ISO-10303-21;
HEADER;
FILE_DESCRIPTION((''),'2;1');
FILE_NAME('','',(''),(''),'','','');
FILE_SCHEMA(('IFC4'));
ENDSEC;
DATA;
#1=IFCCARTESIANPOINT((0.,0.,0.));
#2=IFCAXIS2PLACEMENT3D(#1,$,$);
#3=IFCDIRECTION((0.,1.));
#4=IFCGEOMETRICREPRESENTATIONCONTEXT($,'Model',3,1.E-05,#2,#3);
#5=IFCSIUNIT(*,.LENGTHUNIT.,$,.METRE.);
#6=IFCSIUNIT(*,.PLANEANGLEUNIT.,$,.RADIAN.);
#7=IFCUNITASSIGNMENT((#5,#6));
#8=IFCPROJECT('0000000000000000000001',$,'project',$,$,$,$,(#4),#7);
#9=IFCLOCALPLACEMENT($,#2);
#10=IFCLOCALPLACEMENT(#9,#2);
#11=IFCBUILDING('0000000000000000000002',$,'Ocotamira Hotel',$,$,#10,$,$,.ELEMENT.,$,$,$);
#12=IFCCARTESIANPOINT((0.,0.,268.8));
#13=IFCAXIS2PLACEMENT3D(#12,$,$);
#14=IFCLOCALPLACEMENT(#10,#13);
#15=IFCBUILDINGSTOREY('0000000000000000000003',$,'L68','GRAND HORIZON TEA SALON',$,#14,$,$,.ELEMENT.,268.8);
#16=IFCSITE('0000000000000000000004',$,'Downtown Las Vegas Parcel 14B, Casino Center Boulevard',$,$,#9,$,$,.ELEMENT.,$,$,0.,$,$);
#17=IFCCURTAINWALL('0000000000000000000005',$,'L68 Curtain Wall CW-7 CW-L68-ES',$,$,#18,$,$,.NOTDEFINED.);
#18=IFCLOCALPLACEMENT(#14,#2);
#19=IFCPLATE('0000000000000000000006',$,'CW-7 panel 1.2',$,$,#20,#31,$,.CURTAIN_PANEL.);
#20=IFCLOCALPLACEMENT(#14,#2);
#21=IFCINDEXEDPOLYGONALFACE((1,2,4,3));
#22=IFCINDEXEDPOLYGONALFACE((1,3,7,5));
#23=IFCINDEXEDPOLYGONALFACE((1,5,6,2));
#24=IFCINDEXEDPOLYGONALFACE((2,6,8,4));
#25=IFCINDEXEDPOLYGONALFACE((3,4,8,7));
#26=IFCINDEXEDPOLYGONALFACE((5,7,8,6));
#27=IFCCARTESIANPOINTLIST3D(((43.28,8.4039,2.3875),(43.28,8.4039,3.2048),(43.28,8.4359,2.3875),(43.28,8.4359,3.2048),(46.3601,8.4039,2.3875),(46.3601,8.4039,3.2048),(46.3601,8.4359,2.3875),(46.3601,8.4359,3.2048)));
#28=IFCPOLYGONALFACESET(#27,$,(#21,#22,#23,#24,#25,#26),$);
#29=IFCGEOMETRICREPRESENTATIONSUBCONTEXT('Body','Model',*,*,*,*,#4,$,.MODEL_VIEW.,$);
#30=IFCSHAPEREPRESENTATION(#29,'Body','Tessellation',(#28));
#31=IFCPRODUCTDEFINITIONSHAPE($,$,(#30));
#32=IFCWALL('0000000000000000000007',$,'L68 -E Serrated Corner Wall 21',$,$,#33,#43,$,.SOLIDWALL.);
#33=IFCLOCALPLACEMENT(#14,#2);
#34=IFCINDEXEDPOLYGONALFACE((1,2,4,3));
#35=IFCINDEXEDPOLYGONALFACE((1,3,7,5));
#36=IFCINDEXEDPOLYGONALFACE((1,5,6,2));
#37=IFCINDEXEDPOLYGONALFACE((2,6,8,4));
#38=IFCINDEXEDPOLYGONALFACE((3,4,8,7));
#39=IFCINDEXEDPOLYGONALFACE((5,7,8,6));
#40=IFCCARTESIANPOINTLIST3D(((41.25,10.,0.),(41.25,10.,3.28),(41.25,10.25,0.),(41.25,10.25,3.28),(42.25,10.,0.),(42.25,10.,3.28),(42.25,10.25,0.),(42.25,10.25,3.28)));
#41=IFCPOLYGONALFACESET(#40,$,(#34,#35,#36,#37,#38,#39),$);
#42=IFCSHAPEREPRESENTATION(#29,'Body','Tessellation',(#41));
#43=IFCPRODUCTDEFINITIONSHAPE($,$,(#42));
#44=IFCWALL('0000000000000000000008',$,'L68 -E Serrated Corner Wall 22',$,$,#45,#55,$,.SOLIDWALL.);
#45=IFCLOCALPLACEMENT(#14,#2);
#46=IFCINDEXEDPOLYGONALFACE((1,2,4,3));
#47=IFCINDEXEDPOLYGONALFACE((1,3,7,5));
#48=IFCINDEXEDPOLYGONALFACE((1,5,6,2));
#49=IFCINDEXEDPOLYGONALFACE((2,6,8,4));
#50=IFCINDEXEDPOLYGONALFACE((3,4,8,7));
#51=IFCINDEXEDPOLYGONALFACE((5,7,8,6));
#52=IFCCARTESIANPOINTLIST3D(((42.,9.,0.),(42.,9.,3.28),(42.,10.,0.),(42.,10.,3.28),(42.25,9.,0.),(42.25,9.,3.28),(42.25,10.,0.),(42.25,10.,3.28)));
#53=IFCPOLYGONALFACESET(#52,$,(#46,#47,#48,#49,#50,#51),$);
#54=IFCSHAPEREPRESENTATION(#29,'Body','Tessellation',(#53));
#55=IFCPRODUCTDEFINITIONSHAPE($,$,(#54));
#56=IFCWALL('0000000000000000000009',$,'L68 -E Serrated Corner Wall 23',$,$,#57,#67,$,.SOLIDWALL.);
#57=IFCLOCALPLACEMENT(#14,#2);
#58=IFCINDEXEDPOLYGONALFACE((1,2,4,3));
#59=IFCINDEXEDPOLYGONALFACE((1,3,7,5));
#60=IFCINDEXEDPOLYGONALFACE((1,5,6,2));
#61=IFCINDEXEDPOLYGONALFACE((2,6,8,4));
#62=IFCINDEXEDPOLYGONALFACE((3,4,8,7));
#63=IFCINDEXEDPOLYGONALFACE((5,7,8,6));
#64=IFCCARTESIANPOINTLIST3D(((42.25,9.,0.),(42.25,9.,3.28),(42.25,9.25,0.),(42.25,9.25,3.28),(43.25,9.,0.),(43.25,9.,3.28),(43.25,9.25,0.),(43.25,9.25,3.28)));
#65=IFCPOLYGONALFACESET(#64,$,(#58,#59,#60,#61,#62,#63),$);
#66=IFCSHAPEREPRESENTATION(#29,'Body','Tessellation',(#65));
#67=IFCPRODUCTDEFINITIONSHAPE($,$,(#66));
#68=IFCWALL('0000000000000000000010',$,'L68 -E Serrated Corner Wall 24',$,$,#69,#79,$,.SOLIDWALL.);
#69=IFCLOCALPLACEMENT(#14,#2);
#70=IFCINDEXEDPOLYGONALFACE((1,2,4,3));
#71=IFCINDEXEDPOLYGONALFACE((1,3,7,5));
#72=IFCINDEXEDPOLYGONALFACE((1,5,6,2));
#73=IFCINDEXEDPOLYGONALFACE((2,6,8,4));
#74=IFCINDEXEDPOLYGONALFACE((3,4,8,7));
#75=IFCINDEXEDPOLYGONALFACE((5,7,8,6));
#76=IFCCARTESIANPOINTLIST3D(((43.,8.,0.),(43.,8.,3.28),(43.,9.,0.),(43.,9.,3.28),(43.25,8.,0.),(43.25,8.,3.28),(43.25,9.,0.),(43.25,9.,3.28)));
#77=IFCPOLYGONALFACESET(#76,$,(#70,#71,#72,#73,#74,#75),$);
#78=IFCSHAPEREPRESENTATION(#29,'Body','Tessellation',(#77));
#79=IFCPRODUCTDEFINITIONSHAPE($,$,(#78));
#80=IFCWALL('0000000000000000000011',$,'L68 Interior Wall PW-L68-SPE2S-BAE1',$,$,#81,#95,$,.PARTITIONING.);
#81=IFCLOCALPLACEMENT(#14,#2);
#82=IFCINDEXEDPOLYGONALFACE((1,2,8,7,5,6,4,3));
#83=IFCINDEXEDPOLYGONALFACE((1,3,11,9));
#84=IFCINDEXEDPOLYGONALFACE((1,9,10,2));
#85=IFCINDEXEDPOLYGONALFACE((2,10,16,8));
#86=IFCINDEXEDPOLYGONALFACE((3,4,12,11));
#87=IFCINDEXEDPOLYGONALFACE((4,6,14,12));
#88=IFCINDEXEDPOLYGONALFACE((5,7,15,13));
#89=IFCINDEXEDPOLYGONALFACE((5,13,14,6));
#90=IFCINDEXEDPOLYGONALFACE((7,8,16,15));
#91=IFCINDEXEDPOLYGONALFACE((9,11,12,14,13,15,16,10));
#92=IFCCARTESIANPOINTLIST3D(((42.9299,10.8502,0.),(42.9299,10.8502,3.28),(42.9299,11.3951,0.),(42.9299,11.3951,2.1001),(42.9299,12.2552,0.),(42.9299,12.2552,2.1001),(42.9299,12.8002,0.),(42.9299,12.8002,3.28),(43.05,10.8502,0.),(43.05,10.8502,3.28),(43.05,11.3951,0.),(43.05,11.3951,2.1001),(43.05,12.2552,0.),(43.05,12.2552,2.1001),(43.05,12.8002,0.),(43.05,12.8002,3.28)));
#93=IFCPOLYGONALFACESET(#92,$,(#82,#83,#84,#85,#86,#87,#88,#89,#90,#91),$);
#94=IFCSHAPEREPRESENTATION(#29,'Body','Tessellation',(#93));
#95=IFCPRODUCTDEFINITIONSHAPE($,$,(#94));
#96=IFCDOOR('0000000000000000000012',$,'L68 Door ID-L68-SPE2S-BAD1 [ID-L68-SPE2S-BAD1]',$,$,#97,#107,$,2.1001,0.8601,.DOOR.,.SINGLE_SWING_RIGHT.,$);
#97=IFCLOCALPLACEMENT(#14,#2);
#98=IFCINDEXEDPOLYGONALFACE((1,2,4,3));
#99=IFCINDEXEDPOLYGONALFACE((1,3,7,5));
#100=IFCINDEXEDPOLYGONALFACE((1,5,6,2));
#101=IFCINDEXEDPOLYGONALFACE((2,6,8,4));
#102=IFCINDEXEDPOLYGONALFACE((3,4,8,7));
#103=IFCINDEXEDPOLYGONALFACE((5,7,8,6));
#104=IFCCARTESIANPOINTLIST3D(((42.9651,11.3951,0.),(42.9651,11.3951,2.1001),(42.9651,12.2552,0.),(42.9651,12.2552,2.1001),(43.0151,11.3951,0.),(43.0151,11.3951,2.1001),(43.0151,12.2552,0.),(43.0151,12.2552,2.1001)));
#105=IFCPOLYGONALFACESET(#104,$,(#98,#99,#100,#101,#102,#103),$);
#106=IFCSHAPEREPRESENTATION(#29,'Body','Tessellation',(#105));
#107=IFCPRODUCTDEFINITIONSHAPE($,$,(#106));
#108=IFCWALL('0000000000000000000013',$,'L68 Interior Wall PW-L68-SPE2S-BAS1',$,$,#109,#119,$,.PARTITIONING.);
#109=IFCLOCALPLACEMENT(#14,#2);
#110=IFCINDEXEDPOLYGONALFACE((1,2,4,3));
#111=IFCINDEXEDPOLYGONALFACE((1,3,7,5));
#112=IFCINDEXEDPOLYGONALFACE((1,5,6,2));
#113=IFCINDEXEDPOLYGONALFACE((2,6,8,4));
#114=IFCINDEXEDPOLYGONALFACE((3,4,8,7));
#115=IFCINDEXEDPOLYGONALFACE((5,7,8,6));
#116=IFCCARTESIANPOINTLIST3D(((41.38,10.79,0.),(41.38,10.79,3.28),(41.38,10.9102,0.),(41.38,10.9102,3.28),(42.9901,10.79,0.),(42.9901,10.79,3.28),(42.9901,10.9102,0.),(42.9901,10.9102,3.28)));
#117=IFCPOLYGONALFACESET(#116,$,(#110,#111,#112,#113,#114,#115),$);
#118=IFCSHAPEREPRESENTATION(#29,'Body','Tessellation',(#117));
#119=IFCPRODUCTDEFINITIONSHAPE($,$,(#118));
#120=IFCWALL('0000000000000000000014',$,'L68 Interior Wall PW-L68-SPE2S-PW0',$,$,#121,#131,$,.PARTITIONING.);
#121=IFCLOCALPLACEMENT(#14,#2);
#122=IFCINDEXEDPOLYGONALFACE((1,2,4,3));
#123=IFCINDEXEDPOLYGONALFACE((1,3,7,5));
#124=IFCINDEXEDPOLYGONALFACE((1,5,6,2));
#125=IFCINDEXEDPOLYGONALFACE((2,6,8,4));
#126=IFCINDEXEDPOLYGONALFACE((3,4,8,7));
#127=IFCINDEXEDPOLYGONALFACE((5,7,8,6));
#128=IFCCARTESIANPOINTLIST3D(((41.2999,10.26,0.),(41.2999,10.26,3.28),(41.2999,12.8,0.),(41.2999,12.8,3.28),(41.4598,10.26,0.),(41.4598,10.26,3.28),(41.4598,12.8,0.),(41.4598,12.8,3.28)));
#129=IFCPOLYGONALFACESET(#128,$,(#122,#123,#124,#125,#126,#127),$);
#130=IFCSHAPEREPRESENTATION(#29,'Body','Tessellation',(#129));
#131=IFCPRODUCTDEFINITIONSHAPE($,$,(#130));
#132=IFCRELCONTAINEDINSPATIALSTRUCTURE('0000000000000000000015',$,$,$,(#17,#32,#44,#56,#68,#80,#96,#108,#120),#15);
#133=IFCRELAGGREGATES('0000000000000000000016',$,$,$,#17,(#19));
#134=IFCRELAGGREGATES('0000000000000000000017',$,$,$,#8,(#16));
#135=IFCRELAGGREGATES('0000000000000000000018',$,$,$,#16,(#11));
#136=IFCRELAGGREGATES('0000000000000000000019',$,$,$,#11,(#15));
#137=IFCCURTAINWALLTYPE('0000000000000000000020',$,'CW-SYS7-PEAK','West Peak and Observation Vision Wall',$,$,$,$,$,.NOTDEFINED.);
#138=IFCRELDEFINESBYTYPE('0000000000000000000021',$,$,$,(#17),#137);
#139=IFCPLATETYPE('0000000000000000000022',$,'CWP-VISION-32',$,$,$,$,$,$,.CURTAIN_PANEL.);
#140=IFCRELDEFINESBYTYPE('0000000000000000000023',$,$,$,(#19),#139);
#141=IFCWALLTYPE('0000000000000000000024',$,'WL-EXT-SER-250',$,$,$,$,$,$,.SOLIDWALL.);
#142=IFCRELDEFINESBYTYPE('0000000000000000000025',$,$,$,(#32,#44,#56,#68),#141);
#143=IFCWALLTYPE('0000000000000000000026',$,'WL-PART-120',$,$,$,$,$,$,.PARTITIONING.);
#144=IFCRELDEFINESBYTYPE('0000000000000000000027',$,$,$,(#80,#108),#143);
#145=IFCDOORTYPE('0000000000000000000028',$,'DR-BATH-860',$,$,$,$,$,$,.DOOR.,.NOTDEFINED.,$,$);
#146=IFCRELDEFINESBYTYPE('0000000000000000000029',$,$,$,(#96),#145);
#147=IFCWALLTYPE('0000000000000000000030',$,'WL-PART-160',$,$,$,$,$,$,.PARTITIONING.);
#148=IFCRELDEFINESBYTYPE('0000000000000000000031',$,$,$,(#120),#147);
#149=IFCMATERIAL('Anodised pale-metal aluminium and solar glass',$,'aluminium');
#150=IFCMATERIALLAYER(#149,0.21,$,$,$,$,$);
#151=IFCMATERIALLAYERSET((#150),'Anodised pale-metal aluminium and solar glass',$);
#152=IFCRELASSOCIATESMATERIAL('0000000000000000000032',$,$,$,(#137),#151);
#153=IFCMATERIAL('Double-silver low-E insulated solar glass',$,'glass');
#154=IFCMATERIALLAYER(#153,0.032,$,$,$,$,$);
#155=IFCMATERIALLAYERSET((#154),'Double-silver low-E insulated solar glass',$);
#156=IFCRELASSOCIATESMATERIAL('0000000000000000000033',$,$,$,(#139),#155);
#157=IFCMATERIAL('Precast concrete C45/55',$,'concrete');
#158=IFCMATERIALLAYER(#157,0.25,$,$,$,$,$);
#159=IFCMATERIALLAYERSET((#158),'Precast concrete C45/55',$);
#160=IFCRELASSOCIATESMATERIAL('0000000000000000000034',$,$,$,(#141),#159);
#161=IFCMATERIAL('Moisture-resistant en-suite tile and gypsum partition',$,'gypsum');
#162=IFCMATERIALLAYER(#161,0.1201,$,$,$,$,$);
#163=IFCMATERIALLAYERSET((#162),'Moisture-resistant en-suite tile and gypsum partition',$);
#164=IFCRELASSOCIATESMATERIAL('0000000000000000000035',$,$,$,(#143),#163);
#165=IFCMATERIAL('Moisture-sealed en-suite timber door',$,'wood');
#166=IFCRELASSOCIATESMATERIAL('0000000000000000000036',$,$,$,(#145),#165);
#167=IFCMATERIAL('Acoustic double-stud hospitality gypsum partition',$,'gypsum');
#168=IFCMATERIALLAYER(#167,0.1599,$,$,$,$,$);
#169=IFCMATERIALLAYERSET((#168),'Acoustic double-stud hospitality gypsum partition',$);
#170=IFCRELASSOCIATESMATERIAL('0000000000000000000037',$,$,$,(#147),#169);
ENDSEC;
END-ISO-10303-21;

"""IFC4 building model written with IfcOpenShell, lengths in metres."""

from ifc_helpers import new_model, si_unit, direction, frame, frame_2d, origin, origin_2d, place, context, subcontext, project, spatial, rectangle, extrude, source, transform, mapped, material, layer, layer_set, type_object, element, fill, aggregate, save


model = new_model("IFC4")

# Units and contexts
model_context = context("Model", 3, precision=1e-05, world=origin(), true_north=direction((0.0, 1.0)))
body_context = subcontext(model_context, "Body", "Model", "MODEL_VIEW")
ifc_project = project(units=[si_unit("LENGTHUNIT", "METRE"), si_unit("PLANEANGLEUNIT", "RADIAN")], contexts=[model_context])

# Site, building, storey
site_placement = place(None, origin())
site = spatial("IfcSite", under=ifc_project, at=site_placement, Name="Downtown Las Vegas Parcel 14B, Casino Center Boulevard", CompositionType="ELEMENT", RefElevation=0.0)
building_placement = place(site_placement, origin())
building = spatial("IfcBuilding", under=site, at=building_placement, Name="Ocotamira Hotel", CompositionType="ELEMENT")
storey_placement = place(building_placement, frame((0.0, 0.0, 268.8)))
storey = spatial("IfcBuildingStorey", under=building, at=storey_placement, Name="L68", Description="GRAND HORIZON TEA SALON", CompositionType="ELEMENT", Elevation=268.8)

# Curtain wall, plate
ifc_material_1 = material(Name="Anodised pale-metal aluminium and solar glass", Category="aluminium")
ifc_layer_1 = layer(ifc_material_1, 0.21)
ifc_layer_set_1 = layer_set([ifc_layer_1], Name="Anodised pale-metal aluminium and solar glass")
curtain_wall_type = type_object("IfcCurtainWallType", Name="CW-SYS7-PEAK", Description="West Peak and Observation Vision Wall", PredefinedType="NOTDEFINED", material=ifc_layer_set_1)
curtain_wall_placement = place(storey_placement, origin())
curtain_wall = element("IfcCurtainWall", 1, at=curtain_wall_placement, inside=storey, type_object=curtain_wall_type, Name="L68 Curtain Wall CW-7 CW-L68-ES", PredefinedType="NOTDEFINED")
ifc_material_2 = material(Name="Double-silver low-E insulated solar glass", Category="glass")
ifc_layer_2 = layer(ifc_material_2, 0.032)
ifc_layer_set_2 = layer_set([ifc_layer_2], Name="Double-silver low-E insulated solar glass")
plate_type = type_object("IfcPlateType", Name="CWP-VISION-32", PredefinedType="CURTAIN_PANEL", material=ifc_layer_set_2)
shared_shape_1 = source(origin(), body_context, "Body", "SweptSolid", [
    extrude(rectangle(XDim=3.0801, YDim=0.032, at=origin_2d()), origin(), (0.0, 0.0, 1.0), 0.8174),
])
plate_1_placement = place(storey_placement, frame((44.8201, 8.4199, 2.3875), z_axis=(0.0, 0.0, 1.0), x_axis=(1.0, 0.0, 0.0)))
plate_1 = element("IfcPlate", 2, at=plate_1_placement, type_object=plate_type, Name="CW-7 panel 1.2", PredefinedType="CURTAIN_PANEL", context=body_context, shape_type="MappedRepresentation", body=[
    mapped(shared_shape_1, transform((0.0, 0.0, 0.0), scale=1.0)),
])
aggregate(curtain_wall, [plate_1])

# Walls
ifc_material_3 = material(Name="Precast concrete C45/55", Category="concrete")
ifc_layer_3 = layer(ifc_material_3, 0.25)
ifc_layer_set_3 = layer_set([ifc_layer_3], Name="Precast concrete C45/55")
wall_type_1 = type_object("IfcWallType", Name="WL-EXT-SER-250", PredefinedType="SOLIDWALL", material=ifc_layer_set_3)
for number, where, z_axis, x_axis, name in (
    (3, (41.25, 10.125, 0.0), (0.0, 0.0, 1.0), (1.0, 0.0, 0.0), "L68 -E Serrated Corner Wall 21"),
    (4, (42.125, 10.0, 0.0), (0.0, 0.0, 1.0), (0.0, -1.0, 0.0), "L68 -E Serrated Corner Wall 22"),
    (5, (42.25, 9.125, 0.0), (0.0, 0.0, 1.0), (1.0, 0.0, 0.0), "L68 -E Serrated Corner Wall 23"),
    (6, (43.125, 9.0, 0.0), (0.0, 0.0, 1.0), (0.0, -1.0, 0.0), "L68 -E Serrated Corner Wall 24"),
):
    element("IfcWall", number, at=place(storey_placement, frame(where, z_axis=z_axis, x_axis=x_axis)), inside=storey, type_object=wall_type_1, Name=name, PredefinedType="SOLIDWALL", context=body_context, shape_type="SweptSolid", body=[
        extrude(rectangle(XDim=1.0, YDim=0.25, at=frame_2d((0.5, 0.0))), origin(), (0.0, 0.0, 1.0), 3.28),
    ])

# Wall, opening, door
ifc_material_4 = material(Name="Moisture-resistant en-suite tile and gypsum partition", Category="gypsum")
ifc_layer_4 = layer(ifc_material_4, 0.1201)
ifc_layer_set_4 = layer_set([ifc_layer_4], Name="Moisture-resistant en-suite tile and gypsum partition")
wall_type_2 = type_object("IfcWallType", Name="WL-PART-120", PredefinedType="PARTITIONING", material=ifc_layer_set_4)
wall_1_placement = place(storey_placement, frame((42.99, 10.8501, 0.0), z_axis=(0.0, 0.0, 1.0), x_axis=(0.0, 1.0, 0.0)))
wall_1 = element("IfcWall", 7, at=wall_1_placement, inside=storey, type_object=wall_type_2, Name="L68 Interior Wall PW-L68-SPE2S-BAE1", PredefinedType="PARTITIONING", context=body_context, shape_type="SweptSolid", body=[
    extrude(rectangle(XDim=1.95, YDim=0.1201, at=frame_2d((0.9751, 0.0))), origin(), (0.0, 0.0, 1.0), 3.28),
])
opening_placement = place(wall_1_placement, frame((0.5449, 0.0, 0.0)))
opening = element("IfcOpeningElement", 8, at=opening_placement, cuts=wall_1, PredefinedType="OPENING", context=body_context, shape_type="SweptSolid", body=[
    extrude(rectangle(XDim=0.8601, YDim=2.1001, at=frame_2d((0.4302, 1.05))), frame((0.0, 0.0701, 0.0), z_axis=(0.0, -1.0, 0.0), x_axis=(1.0, 0.0, 0.0)), (0.0, 0.0, 1.0), 0.1401),
])
ifc_material_5 = material(Name="Moisture-sealed en-suite timber door", Category="wood")
door_type = type_object("IfcDoorType", Name="DR-BATH-860", OperationType="NOTDEFINED", PredefinedType="DOOR", material=ifc_material_5)
shared_shape_2 = source(origin(), body_context, "Body", "SweptSolid", [
    extrude(rectangle(XDim=0.8601, YDim=2.1001, at=frame_2d((0.4302, 1.05))), frame((0.0, 0.0249, 0.0), z_axis=(0.0, -1.0, 0.0), x_axis=(1.0, 0.0, 0.0)), (0.0, 0.0, 1.0), 0.05),
])
door_placement = place(opening_placement, origin())
door = element("IfcDoor", 9, at=door_placement, inside=storey, type_object=door_type, Name="L68 Door ID-L68-SPE2S-BAD1 [ID-L68-SPE2S-BAD1]", OperationType="SINGLE_SWING_RIGHT", OverallHeight=2.1001, OverallWidth=0.8601, PredefinedType="DOOR", context=body_context, shape_type="MappedRepresentation", body=[
    mapped(shared_shape_2, transform((0.0, 0.0, 0.0), scale=1.0)),
])
fill(opening, door)

# Walls
wall_2_placement = place(storey_placement, frame((41.3799, 10.8501, 0.0), z_axis=(0.0, 0.0, 1.0), x_axis=(1.0, 0.0, 0.0)))
element("IfcWall", 10, at=wall_2_placement, inside=storey, type_object=wall_type_2, Name="L68 Interior Wall PW-L68-SPE2S-BAS1", PredefinedType="PARTITIONING", context=body_context, shape_type="SweptSolid", body=[
    extrude(rectangle(XDim=1.6101, YDim=0.1201, at=frame_2d((0.8052, 0.0))), origin(), (0.0, 0.0, 1.0), 3.28),
])
ifc_material_6 = material(Name="Acoustic double-stud hospitality gypsum partition", Category="gypsum")
ifc_layer_5 = layer(ifc_material_6, 0.1599)
ifc_layer_set_5 = layer_set([ifc_layer_5], Name="Acoustic double-stud hospitality gypsum partition")
wall_type_3 = type_object("IfcWallType", Name="WL-PART-160", PredefinedType="PARTITIONING", material=ifc_layer_set_5)
wall_3_placement = place(storey_placement, frame((41.3799, 10.26, 0.0), z_axis=(0.0, 0.0, 1.0), x_axis=(0.0, 1.0, 0.0)))
element("IfcWall", 11, at=wall_3_placement, inside=storey, type_object=wall_type_3, Name="L68 Interior Wall PW-L68-SPE2S-PW0", PredefinedType="PARTITIONING", context=body_context, shape_type="SweptSolid", body=[
    extrude(rectangle(XDim=2.54, YDim=0.1599, at=frame_2d((1.27, 0.0))), origin(), (0.0, 0.0, 1.0), 3.28),
])

save(model, "model.ifc")
